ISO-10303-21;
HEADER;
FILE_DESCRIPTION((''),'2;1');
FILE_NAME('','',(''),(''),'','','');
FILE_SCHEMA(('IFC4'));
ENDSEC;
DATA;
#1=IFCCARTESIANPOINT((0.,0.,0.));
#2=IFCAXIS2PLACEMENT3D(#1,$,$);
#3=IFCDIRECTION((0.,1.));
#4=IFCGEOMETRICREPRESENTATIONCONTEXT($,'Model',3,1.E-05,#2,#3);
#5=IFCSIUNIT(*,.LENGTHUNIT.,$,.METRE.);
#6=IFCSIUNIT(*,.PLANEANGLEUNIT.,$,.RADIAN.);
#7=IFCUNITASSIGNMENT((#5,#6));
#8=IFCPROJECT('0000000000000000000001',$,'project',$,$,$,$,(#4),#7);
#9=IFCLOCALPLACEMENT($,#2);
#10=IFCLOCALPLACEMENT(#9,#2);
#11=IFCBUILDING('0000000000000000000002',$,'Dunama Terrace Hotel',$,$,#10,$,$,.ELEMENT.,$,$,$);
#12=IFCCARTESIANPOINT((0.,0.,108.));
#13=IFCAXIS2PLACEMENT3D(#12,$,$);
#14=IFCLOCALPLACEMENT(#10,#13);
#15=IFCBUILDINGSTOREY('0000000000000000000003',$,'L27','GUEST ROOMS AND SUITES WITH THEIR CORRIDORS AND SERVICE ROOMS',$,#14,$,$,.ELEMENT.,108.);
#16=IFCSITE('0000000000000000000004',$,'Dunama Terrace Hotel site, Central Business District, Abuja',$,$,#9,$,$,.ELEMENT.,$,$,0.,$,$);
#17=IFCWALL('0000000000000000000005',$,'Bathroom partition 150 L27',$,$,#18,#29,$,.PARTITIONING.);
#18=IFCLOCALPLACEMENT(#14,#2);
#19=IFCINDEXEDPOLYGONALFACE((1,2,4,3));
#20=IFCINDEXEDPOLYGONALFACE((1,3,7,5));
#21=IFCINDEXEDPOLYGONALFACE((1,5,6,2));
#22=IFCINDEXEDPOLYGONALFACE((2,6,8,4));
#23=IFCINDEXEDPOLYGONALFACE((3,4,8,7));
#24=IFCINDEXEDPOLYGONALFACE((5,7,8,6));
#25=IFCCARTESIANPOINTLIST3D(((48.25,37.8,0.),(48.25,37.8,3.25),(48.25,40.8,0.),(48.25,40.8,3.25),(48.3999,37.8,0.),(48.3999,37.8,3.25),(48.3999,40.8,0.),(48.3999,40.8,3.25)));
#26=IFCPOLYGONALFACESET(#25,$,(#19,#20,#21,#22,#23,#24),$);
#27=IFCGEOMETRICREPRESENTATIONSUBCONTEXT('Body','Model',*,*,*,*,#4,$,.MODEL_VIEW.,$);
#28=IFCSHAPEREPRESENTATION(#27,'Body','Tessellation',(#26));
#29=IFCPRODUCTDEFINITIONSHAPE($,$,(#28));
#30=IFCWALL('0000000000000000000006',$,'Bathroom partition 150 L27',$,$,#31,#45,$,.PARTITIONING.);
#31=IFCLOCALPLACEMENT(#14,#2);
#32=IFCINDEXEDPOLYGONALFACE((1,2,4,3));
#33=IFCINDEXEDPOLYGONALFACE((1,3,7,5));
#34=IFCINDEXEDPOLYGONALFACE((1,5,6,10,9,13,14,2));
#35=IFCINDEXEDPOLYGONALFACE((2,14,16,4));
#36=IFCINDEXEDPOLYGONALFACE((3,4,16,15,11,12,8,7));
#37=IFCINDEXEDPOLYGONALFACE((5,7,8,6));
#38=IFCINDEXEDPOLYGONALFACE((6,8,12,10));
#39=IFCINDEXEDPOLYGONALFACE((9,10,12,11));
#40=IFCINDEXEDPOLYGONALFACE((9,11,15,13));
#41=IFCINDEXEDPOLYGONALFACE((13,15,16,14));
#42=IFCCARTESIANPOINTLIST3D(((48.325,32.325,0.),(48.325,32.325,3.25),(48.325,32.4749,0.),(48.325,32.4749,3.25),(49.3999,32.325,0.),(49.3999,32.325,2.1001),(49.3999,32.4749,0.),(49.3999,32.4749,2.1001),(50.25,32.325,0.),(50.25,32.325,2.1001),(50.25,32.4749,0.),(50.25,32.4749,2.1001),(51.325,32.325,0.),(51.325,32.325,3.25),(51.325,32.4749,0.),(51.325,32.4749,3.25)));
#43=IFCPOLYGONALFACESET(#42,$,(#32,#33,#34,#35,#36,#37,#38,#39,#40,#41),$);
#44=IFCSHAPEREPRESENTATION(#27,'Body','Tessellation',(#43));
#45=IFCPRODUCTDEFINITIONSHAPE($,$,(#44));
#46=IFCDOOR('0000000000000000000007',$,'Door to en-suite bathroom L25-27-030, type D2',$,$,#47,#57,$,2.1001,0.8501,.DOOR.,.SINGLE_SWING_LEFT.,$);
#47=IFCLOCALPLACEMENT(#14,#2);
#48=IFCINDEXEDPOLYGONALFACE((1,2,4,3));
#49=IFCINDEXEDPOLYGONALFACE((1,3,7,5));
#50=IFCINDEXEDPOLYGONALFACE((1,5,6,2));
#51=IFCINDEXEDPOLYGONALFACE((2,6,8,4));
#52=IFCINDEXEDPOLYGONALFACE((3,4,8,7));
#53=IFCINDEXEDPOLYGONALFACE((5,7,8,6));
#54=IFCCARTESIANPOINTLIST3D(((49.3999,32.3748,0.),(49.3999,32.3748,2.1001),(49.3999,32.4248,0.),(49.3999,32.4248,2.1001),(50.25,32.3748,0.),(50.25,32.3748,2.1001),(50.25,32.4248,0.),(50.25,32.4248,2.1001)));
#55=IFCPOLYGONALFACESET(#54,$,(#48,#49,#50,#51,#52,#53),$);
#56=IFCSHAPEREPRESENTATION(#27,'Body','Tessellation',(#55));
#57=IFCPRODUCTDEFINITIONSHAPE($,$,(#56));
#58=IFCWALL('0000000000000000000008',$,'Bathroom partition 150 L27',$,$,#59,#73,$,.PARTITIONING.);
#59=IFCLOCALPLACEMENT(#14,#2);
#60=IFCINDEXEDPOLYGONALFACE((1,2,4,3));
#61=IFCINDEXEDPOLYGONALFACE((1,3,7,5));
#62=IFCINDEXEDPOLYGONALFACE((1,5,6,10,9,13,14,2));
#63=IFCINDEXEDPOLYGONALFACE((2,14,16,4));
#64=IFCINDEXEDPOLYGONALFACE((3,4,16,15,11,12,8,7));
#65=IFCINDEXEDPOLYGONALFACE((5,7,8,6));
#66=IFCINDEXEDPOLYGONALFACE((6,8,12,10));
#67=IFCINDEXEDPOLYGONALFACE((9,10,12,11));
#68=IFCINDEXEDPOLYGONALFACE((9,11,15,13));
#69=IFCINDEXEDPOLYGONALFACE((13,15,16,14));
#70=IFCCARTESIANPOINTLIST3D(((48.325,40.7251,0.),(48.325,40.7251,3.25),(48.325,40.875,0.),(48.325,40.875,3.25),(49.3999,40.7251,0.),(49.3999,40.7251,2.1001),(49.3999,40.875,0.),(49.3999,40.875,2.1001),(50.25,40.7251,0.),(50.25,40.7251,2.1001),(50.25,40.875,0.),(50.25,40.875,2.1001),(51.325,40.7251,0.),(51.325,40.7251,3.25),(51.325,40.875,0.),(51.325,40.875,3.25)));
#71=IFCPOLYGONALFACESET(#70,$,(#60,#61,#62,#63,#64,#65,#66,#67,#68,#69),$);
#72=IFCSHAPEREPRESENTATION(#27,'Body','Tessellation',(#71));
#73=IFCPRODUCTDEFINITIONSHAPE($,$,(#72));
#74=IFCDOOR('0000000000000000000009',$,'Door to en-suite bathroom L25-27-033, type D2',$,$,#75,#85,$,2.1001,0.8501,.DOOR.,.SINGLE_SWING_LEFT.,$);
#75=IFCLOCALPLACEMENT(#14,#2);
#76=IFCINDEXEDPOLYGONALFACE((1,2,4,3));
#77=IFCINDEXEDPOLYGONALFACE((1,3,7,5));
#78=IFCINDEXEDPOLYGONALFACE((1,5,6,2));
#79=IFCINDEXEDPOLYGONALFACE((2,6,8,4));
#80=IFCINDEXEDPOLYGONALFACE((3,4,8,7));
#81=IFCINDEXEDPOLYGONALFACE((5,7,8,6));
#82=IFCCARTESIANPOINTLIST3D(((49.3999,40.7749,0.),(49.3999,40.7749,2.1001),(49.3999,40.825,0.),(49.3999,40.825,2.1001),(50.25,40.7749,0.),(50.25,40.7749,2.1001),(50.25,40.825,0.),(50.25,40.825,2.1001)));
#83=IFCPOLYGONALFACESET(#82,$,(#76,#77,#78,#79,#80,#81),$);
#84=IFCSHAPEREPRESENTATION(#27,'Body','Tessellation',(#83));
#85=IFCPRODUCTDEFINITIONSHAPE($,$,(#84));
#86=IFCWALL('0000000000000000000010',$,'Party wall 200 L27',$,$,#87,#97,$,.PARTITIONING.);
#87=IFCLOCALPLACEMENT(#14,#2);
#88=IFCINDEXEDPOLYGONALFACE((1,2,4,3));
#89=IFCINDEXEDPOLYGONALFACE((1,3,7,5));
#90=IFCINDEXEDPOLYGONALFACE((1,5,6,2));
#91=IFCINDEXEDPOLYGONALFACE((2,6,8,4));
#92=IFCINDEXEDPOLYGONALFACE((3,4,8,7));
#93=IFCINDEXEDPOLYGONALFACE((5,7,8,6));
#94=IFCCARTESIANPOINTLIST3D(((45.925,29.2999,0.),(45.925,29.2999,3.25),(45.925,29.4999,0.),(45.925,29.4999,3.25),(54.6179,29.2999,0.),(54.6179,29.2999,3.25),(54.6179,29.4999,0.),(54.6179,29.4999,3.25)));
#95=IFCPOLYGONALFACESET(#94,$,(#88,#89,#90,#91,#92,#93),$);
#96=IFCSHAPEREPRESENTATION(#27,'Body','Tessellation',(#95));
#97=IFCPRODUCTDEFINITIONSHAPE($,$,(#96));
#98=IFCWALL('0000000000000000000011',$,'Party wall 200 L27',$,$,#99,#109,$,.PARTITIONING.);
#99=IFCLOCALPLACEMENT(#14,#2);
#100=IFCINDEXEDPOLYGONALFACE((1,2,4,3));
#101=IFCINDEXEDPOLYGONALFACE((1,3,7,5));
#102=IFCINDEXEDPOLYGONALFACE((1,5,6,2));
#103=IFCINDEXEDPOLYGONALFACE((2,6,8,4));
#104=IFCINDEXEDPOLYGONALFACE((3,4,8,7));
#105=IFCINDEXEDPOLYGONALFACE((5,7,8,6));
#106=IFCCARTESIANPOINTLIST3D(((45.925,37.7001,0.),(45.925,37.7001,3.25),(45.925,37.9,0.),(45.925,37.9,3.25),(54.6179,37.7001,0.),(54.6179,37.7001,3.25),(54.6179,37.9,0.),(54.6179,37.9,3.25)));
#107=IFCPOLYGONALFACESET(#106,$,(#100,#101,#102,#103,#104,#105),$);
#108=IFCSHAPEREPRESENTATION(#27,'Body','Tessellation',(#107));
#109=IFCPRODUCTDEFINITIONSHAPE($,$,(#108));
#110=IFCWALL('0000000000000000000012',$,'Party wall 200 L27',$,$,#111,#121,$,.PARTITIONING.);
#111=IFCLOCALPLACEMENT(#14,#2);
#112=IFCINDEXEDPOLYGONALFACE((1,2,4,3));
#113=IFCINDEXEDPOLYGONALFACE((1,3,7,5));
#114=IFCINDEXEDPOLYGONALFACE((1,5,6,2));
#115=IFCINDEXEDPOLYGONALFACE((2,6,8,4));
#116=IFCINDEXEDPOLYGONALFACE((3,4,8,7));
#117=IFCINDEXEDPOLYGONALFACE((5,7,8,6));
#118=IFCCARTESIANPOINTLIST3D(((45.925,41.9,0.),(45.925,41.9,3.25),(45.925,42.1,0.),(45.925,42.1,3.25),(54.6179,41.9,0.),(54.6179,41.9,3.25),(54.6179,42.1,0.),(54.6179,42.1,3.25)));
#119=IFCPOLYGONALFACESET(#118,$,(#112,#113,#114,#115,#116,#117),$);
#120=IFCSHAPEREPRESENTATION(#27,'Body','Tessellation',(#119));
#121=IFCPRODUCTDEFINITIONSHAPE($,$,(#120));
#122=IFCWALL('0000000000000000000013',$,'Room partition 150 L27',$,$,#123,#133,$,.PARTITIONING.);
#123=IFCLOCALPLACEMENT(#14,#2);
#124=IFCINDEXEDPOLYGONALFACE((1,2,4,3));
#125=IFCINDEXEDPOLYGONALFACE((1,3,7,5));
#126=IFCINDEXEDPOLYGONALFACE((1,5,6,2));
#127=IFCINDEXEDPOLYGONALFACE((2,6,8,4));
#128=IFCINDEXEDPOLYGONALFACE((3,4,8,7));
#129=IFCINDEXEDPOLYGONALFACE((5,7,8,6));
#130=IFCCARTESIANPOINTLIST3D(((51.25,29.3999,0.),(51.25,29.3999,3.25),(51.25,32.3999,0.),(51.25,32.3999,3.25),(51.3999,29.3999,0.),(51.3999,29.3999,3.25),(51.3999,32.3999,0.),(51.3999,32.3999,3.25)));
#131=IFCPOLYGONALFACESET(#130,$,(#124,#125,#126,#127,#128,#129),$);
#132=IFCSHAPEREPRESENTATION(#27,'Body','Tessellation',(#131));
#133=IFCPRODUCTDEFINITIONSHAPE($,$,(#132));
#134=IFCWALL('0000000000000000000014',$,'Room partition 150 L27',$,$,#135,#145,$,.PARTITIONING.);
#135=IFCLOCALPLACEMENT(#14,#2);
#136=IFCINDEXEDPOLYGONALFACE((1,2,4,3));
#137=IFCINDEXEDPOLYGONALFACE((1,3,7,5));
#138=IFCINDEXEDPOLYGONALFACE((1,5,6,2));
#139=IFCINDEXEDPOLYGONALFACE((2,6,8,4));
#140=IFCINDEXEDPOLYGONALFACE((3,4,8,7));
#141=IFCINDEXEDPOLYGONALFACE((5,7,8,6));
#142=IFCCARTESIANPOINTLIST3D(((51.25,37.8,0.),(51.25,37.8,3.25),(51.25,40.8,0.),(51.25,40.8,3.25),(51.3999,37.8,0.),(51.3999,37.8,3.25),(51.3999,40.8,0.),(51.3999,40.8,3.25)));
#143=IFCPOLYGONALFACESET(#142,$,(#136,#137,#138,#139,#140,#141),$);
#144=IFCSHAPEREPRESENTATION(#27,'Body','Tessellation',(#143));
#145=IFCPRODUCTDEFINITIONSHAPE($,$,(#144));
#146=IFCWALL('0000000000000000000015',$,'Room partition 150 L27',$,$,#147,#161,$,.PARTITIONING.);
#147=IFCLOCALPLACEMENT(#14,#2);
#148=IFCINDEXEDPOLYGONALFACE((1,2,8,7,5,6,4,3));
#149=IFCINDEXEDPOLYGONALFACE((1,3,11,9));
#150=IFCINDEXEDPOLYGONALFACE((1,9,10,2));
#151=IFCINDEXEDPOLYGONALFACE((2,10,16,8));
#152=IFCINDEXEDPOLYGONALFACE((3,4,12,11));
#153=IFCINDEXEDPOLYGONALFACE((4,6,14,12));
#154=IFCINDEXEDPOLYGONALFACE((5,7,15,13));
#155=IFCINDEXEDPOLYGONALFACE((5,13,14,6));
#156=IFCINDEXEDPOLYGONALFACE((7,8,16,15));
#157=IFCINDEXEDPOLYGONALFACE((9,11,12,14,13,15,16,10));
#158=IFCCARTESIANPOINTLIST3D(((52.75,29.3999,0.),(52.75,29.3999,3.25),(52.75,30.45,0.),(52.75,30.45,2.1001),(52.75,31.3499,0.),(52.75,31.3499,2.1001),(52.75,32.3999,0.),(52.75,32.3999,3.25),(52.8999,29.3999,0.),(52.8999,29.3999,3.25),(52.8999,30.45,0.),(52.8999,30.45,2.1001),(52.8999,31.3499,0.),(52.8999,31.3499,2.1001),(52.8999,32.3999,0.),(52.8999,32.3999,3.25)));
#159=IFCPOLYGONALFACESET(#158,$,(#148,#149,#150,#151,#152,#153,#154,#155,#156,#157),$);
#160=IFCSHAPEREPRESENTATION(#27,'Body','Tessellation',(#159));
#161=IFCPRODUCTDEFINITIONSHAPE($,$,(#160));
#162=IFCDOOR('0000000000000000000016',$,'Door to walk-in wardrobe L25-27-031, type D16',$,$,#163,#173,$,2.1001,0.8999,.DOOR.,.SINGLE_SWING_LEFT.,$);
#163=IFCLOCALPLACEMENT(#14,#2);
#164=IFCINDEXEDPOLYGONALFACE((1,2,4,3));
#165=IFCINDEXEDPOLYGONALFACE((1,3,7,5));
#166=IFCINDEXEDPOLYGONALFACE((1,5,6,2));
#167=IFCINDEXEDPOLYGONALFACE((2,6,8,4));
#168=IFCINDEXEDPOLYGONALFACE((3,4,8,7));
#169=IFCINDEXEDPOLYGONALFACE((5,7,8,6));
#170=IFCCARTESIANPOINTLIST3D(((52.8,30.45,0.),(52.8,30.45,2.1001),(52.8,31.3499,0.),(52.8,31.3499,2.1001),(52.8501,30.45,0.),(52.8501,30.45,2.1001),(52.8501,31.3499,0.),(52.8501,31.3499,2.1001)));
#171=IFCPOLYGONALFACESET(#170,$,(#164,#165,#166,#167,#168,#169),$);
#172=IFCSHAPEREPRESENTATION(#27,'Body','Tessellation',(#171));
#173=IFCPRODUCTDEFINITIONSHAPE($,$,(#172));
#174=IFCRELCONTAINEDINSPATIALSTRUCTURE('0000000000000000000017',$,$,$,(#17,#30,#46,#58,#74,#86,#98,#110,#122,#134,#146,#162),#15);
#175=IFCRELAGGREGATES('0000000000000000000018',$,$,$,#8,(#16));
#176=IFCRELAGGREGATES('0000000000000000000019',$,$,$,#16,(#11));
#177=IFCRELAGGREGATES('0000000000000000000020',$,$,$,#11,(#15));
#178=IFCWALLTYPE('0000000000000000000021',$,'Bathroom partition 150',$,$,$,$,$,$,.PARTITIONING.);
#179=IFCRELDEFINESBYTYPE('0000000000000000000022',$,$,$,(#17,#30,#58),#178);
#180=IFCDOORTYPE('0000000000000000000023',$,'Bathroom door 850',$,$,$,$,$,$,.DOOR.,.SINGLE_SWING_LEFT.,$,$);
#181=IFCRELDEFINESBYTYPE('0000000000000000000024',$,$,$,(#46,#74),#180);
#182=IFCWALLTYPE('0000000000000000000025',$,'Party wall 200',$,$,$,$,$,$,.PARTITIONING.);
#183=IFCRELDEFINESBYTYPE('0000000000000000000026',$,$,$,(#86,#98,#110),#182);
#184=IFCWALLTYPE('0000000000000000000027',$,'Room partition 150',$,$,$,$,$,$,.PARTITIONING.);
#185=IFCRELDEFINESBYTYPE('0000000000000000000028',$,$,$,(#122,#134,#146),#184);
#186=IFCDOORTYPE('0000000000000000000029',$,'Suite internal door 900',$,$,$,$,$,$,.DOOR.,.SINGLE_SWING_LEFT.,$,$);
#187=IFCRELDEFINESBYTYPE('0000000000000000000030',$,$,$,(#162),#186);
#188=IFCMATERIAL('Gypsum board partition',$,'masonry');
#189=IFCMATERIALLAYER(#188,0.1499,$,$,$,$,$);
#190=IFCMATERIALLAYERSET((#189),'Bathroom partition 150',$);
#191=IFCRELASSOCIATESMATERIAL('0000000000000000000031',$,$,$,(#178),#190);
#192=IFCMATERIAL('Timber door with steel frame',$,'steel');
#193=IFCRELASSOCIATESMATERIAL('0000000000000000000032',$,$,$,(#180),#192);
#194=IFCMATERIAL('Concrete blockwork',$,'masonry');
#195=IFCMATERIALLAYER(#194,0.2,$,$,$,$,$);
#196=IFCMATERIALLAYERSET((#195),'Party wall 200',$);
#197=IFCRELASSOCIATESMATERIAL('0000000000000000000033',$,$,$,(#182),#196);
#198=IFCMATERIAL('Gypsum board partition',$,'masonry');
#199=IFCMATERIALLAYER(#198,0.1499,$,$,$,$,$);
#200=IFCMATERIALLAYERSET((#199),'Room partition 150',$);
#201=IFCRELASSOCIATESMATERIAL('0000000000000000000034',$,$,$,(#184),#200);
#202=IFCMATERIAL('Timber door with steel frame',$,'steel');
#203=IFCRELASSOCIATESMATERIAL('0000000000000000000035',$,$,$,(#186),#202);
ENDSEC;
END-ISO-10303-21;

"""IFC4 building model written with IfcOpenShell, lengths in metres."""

from ifc_helpers import new_model, si_unit, direction, frame, frame_2d, origin, place, context, subcontext, project, spatial, rectangle, extrude, material, layer, layer_set, type_object, element, fill, save


model = new_model("IFC4")

# Units and contexts
model_context = context("Model", 3, precision=1e-05, world=origin(), true_north=direction((0.0, 1.0)))
body_context = subcontext(model_context, "Body", "Model", "MODEL_VIEW")
ifc_project = project(units=[si_unit("LENGTHUNIT", "METRE"), si_unit("PLANEANGLEUNIT", "RADIAN")], contexts=[model_context])

# Site, building, storey
site_placement = place(None, origin())
site = spatial("IfcSite", under=ifc_project, at=site_placement, Name="Dunama Terrace Hotel site, Central Business District, Abuja", CompositionType="ELEMENT", RefElevation=0.0)
building_placement = place(site_placement, origin())
building = spatial("IfcBuilding", under=site, at=building_placement, Name="Dunama Terrace Hotel", CompositionType="ELEMENT")
storey_placement = place(building_placement, frame((0.0, 0.0, 108.0)))
storey = spatial("IfcBuildingStorey", under=building, at=storey_placement, Name="L27", Description="GUEST ROOMS AND SUITES WITH THEIR CORRIDORS AND SERVICE ROOMS", CompositionType="ELEMENT", Elevation=108.0)

# Wall
ifc_material_1 = material(Name="Gypsum board partition", Category="masonry")
ifc_layer_1 = layer(ifc_material_1, 0.1499)
ifc_layer_set_1 = layer_set([ifc_layer_1], Name="Bathroom partition 150")
wall_type_1 = type_object("IfcWallType", Name="Bathroom partition 150", PredefinedType="PARTITIONING", material=ifc_layer_set_1)
for number, where, z_axis, x_axis, name in (
    (1, (48.325, 37.8, 0.0), (0.0, 0.0, 1.0), (0.0, 1.0, 0.0), "Bathroom partition 150 L27"),
):
    element("IfcWall", number, at=place(storey_placement, frame(where, z_axis=z_axis, x_axis=x_axis)), inside=storey, type_object=wall_type_1, Name=name, PredefinedType="PARTITIONING", context=body_context, shape_type="SweptSolid", body=[
        extrude(rectangle(XDim=3.0, YDim=0.1499, at=frame_2d((1.5, 0.0))), origin(), (0.0, 0.0, 1.0), 3.25),
    ])

# Walls, openings, doors
wall_1_placement = place(storey_placement, frame((48.325, 32.3999, 0.0), z_axis=(0.0, 0.0, 1.0), x_axis=(1.0, 0.0, 0.0)))
wall_1 = element("IfcWall", 2, at=wall_1_placement, inside=storey, type_object=wall_type_1, Name="Bathroom partition 150 L27", PredefinedType="PARTITIONING", context=body_context, shape_type="SweptSolid", body=[
    extrude(rectangle(XDim=3.0, YDim=0.1499, at=frame_2d((1.5, 0.0))), origin(), (0.0, 0.0, 1.0), 3.25),
])
opening_1_placement = place(wall_1_placement, frame((1.075, 0.0, 0.0)))
opening_1 = element("IfcOpeningElement", 3, at=opening_1_placement, cuts=wall_1, PredefinedType="OPENING", context=body_context, shape_type="SweptSolid", body=[
    extrude(rectangle(XDim=0.8501, YDim=2.1001, at=frame_2d((0.425, 1.05))), frame((0.0, 0.085, 0.0), z_axis=(0.0, -1.0, 0.0), x_axis=(1.0, 0.0, 0.0)), (0.0, 0.0, 1.0), 0.1699),
])
ifc_material_2 = material(Name="Timber door with steel frame", Category="steel")
door_type_1 = type_object("IfcDoorType", Name="Bathroom door 850", OperationType="SINGLE_SWING_LEFT", PredefinedType="DOOR", material=ifc_material_2)
door_1_placement = place(opening_1_placement, frame((0.8501, 0.0, 0.0), z_axis=(0.0, 0.0, 1.0), x_axis=(-1.0, 0.0, 0.0)))
door_1 = element("IfcDoor", 4, at=door_1_placement, inside=storey, type_object=door_type_1, Name="Door to en-suite bathroom L25-27-030, type D2", OperationType="SINGLE_SWING_LEFT", OverallHeight=2.1001, OverallWidth=0.8501, PredefinedType="DOOR", context=body_context, shape_type="SweptSolid", body=[
    extrude(rectangle(XDim=0.8501, YDim=2.1001, at=frame_2d((0.425, 1.05))), frame((0.0, 0.0251, 0.0), z_axis=(0.0, -1.0, 0.0), x_axis=(1.0, 0.0, 0.0)), (0.0, 0.0, 1.0), 0.05),
])
fill(opening_1, door_1)
wall_2_placement = place(storey_placement, frame((48.325, 40.8, 0.0), z_axis=(0.0, 0.0, 1.0), x_axis=(1.0, 0.0, 0.0)))
wall_2 = element("IfcWall", 5, at=wall_2_placement, inside=storey, type_object=wall_type_1, Name="Bathroom partition 150 L27", PredefinedType="PARTITIONING", context=body_context, shape_type="SweptSolid", body=[
    extrude(rectangle(XDim=3.0, YDim=0.1499, at=frame_2d((1.5, 0.0))), origin(), (0.0, 0.0, 1.0), 3.25),
])
opening_2_placement = place(wall_2_placement, frame((1.075, 0.0, 0.0)))
opening_2 = element("IfcOpeningElement", 6, at=opening_2_placement, cuts=wall_2, PredefinedType="OPENING", context=body_context, shape_type="SweptSolid", body=[
    extrude(rectangle(XDim=0.8501, YDim=2.1001, at=frame_2d((0.425, 1.05))), frame((0.0, 0.085, 0.0), z_axis=(0.0, -1.0, 0.0), x_axis=(1.0, 0.0, 0.0)), (0.0, 0.0, 1.0), 0.1699),
])
door_2_placement = place(opening_2_placement, frame((0.8501, 0.0, 0.0), z_axis=(0.0, 0.0, 1.0), x_axis=(-1.0, 0.0, 0.0)))
door_2 = element("IfcDoor", 7, at=door_2_placement, inside=storey, type_object=door_type_1, Name="Door to en-suite bathroom L25-27-033, type D2", OperationType="SINGLE_SWING_LEFT", OverallHeight=2.1001, OverallWidth=0.8501, PredefinedType="DOOR", context=body_context, shape_type="SweptSolid", body=[
    extrude(rectangle(XDim=0.8501, YDim=2.1001, at=frame_2d((0.425, 1.05))), frame((0.0, 0.0251, 0.0), z_axis=(0.0, -1.0, 0.0), x_axis=(1.0, 0.0, 0.0)), (0.0, 0.0, 1.0), 0.05),
])
fill(opening_2, door_2)

# Walls
ifc_material_3 = material(Name="Concrete blockwork", Category="masonry")
ifc_layer_2 = layer(ifc_material_3, 0.2)
ifc_layer_set_2 = layer_set([ifc_layer_2], Name="Party wall 200")
wall_type_2 = type_object("IfcWallType", Name="Party wall 200", PredefinedType="PARTITIONING", material=ifc_layer_set_2)
for number, where, z_axis, x_axis, name in (
    (8, (45.925, 29.3999, 0.0), (0.0, 0.0, 1.0), (1.0, 0.0, 0.0), "Party wall 200 L27"),
    (9, (45.925, 37.8, 0.0), (0.0, 0.0, 1.0), (1.0, 0.0, 0.0), "Party wall 200 L27"),
    (10, (45.925, 42.0, 0.0), (0.0, 0.0, 1.0), (1.0, 0.0, 0.0), "Party wall 200 L27"),
):
    element("IfcWall", number, at=place(storey_placement, frame(where, z_axis=z_axis, x_axis=x_axis)), inside=storey, type_object=wall_type_2, Name=name, PredefinedType="PARTITIONING", context=body_context, shape_type="SweptSolid", body=[
        extrude(rectangle(XDim=8.6929, YDim=0.2, at=frame_2d((4.3464, 0.0))), origin(), (0.0, 0.0, 1.0), 3.25),
    ])
ifc_material_4 = material(Name="Gypsum board partition", Category="masonry")
ifc_layer_3 = layer(ifc_material_4, 0.1499)
ifc_layer_set_3 = layer_set([ifc_layer_3], Name="Room partition 150")
wall_type_3 = type_object("IfcWallType", Name="Room partition 150", PredefinedType="PARTITIONING", material=ifc_layer_set_3)
for number, where, z_axis, x_axis, name in (
    (11, (51.325, 29.3999, 0.0), (0.0, 0.0, 1.0), (0.0, 1.0, 0.0), "Room partition 150 L27"),
    (12, (51.325, 37.8, 0.0), (0.0, 0.0, 1.0), (0.0, 1.0, 0.0), "Room partition 150 L27"),
):
    element("IfcWall", number, at=place(storey_placement, frame(where, z_axis=z_axis, x_axis=x_axis)), inside=storey, type_object=wall_type_3, Name=name, PredefinedType="PARTITIONING", context=body_context, shape_type="SweptSolid", body=[
        extrude(rectangle(XDim=3.0, YDim=0.1499, at=frame_2d((1.5, 0.0))), origin(), (0.0, 0.0, 1.0), 3.25),
    ])

# Wall, opening, door
wall_3_placement = place(storey_placement, frame((52.825, 29.3999, 0.0), z_axis=(0.0, 0.0, 1.0), x_axis=(0.0, 1.0, 0.0)))
wall_3 = element("IfcWall", 13, at=wall_3_placement, inside=storey, type_object=wall_type_3, Name="Room partition 150 L27", PredefinedType="PARTITIONING", context=body_context, shape_type="SweptSolid", body=[
    extrude(rectangle(XDim=3.0, YDim=0.1499, at=frame_2d((1.5, 0.0))), origin(), (0.0, 0.0, 1.0), 3.25),
])
opening_3_placement = place(wall_3_placement, frame((1.05, 0.0, 0.0)))
opening_3 = element("IfcOpeningElement", 14, at=opening_3_placement, cuts=wall_3, PredefinedType="OPENING", context=body_context, shape_type="SweptSolid", body=[
    extrude(rectangle(XDim=0.8999, YDim=2.1001, at=frame_2d((0.45, 1.05))), frame((0.0, 0.085, 0.0), z_axis=(0.0, -1.0, 0.0), x_axis=(1.0, 0.0, 0.0)), (0.0, 0.0, 1.0), 0.1699),
])
ifc_material_5 = material(Name="Timber door with steel frame", Category="steel")
door_type_2 = type_object("IfcDoorType", Name="Suite internal door 900", OperationType="SINGLE_SWING_LEFT", PredefinedType="DOOR", material=ifc_material_5)
door_3_placement = place(opening_3_placement, origin())
door_3 = element("IfcDoor", 15, at=door_3_placement, inside=storey, type_object=door_type_2, Name="Door to walk-in wardrobe L25-27-031, type D16", OperationType="SINGLE_SWING_LEFT", OverallHeight=2.1001, OverallWidth=0.8999, PredefinedType="DOOR", context=body_context, shape_type="SweptSolid", body=[
    extrude(rectangle(XDim=0.8999, YDim=2.1001, at=frame_2d((0.45, 1.05))), frame((0.0, 0.0249, 0.0), z_axis=(0.0, -1.0, 0.0), x_axis=(1.0, 0.0, 0.0)), (0.0, 0.0, 1.0), 0.05),
])
fill(opening_3, door_3)

save(model, "model.ifc")
